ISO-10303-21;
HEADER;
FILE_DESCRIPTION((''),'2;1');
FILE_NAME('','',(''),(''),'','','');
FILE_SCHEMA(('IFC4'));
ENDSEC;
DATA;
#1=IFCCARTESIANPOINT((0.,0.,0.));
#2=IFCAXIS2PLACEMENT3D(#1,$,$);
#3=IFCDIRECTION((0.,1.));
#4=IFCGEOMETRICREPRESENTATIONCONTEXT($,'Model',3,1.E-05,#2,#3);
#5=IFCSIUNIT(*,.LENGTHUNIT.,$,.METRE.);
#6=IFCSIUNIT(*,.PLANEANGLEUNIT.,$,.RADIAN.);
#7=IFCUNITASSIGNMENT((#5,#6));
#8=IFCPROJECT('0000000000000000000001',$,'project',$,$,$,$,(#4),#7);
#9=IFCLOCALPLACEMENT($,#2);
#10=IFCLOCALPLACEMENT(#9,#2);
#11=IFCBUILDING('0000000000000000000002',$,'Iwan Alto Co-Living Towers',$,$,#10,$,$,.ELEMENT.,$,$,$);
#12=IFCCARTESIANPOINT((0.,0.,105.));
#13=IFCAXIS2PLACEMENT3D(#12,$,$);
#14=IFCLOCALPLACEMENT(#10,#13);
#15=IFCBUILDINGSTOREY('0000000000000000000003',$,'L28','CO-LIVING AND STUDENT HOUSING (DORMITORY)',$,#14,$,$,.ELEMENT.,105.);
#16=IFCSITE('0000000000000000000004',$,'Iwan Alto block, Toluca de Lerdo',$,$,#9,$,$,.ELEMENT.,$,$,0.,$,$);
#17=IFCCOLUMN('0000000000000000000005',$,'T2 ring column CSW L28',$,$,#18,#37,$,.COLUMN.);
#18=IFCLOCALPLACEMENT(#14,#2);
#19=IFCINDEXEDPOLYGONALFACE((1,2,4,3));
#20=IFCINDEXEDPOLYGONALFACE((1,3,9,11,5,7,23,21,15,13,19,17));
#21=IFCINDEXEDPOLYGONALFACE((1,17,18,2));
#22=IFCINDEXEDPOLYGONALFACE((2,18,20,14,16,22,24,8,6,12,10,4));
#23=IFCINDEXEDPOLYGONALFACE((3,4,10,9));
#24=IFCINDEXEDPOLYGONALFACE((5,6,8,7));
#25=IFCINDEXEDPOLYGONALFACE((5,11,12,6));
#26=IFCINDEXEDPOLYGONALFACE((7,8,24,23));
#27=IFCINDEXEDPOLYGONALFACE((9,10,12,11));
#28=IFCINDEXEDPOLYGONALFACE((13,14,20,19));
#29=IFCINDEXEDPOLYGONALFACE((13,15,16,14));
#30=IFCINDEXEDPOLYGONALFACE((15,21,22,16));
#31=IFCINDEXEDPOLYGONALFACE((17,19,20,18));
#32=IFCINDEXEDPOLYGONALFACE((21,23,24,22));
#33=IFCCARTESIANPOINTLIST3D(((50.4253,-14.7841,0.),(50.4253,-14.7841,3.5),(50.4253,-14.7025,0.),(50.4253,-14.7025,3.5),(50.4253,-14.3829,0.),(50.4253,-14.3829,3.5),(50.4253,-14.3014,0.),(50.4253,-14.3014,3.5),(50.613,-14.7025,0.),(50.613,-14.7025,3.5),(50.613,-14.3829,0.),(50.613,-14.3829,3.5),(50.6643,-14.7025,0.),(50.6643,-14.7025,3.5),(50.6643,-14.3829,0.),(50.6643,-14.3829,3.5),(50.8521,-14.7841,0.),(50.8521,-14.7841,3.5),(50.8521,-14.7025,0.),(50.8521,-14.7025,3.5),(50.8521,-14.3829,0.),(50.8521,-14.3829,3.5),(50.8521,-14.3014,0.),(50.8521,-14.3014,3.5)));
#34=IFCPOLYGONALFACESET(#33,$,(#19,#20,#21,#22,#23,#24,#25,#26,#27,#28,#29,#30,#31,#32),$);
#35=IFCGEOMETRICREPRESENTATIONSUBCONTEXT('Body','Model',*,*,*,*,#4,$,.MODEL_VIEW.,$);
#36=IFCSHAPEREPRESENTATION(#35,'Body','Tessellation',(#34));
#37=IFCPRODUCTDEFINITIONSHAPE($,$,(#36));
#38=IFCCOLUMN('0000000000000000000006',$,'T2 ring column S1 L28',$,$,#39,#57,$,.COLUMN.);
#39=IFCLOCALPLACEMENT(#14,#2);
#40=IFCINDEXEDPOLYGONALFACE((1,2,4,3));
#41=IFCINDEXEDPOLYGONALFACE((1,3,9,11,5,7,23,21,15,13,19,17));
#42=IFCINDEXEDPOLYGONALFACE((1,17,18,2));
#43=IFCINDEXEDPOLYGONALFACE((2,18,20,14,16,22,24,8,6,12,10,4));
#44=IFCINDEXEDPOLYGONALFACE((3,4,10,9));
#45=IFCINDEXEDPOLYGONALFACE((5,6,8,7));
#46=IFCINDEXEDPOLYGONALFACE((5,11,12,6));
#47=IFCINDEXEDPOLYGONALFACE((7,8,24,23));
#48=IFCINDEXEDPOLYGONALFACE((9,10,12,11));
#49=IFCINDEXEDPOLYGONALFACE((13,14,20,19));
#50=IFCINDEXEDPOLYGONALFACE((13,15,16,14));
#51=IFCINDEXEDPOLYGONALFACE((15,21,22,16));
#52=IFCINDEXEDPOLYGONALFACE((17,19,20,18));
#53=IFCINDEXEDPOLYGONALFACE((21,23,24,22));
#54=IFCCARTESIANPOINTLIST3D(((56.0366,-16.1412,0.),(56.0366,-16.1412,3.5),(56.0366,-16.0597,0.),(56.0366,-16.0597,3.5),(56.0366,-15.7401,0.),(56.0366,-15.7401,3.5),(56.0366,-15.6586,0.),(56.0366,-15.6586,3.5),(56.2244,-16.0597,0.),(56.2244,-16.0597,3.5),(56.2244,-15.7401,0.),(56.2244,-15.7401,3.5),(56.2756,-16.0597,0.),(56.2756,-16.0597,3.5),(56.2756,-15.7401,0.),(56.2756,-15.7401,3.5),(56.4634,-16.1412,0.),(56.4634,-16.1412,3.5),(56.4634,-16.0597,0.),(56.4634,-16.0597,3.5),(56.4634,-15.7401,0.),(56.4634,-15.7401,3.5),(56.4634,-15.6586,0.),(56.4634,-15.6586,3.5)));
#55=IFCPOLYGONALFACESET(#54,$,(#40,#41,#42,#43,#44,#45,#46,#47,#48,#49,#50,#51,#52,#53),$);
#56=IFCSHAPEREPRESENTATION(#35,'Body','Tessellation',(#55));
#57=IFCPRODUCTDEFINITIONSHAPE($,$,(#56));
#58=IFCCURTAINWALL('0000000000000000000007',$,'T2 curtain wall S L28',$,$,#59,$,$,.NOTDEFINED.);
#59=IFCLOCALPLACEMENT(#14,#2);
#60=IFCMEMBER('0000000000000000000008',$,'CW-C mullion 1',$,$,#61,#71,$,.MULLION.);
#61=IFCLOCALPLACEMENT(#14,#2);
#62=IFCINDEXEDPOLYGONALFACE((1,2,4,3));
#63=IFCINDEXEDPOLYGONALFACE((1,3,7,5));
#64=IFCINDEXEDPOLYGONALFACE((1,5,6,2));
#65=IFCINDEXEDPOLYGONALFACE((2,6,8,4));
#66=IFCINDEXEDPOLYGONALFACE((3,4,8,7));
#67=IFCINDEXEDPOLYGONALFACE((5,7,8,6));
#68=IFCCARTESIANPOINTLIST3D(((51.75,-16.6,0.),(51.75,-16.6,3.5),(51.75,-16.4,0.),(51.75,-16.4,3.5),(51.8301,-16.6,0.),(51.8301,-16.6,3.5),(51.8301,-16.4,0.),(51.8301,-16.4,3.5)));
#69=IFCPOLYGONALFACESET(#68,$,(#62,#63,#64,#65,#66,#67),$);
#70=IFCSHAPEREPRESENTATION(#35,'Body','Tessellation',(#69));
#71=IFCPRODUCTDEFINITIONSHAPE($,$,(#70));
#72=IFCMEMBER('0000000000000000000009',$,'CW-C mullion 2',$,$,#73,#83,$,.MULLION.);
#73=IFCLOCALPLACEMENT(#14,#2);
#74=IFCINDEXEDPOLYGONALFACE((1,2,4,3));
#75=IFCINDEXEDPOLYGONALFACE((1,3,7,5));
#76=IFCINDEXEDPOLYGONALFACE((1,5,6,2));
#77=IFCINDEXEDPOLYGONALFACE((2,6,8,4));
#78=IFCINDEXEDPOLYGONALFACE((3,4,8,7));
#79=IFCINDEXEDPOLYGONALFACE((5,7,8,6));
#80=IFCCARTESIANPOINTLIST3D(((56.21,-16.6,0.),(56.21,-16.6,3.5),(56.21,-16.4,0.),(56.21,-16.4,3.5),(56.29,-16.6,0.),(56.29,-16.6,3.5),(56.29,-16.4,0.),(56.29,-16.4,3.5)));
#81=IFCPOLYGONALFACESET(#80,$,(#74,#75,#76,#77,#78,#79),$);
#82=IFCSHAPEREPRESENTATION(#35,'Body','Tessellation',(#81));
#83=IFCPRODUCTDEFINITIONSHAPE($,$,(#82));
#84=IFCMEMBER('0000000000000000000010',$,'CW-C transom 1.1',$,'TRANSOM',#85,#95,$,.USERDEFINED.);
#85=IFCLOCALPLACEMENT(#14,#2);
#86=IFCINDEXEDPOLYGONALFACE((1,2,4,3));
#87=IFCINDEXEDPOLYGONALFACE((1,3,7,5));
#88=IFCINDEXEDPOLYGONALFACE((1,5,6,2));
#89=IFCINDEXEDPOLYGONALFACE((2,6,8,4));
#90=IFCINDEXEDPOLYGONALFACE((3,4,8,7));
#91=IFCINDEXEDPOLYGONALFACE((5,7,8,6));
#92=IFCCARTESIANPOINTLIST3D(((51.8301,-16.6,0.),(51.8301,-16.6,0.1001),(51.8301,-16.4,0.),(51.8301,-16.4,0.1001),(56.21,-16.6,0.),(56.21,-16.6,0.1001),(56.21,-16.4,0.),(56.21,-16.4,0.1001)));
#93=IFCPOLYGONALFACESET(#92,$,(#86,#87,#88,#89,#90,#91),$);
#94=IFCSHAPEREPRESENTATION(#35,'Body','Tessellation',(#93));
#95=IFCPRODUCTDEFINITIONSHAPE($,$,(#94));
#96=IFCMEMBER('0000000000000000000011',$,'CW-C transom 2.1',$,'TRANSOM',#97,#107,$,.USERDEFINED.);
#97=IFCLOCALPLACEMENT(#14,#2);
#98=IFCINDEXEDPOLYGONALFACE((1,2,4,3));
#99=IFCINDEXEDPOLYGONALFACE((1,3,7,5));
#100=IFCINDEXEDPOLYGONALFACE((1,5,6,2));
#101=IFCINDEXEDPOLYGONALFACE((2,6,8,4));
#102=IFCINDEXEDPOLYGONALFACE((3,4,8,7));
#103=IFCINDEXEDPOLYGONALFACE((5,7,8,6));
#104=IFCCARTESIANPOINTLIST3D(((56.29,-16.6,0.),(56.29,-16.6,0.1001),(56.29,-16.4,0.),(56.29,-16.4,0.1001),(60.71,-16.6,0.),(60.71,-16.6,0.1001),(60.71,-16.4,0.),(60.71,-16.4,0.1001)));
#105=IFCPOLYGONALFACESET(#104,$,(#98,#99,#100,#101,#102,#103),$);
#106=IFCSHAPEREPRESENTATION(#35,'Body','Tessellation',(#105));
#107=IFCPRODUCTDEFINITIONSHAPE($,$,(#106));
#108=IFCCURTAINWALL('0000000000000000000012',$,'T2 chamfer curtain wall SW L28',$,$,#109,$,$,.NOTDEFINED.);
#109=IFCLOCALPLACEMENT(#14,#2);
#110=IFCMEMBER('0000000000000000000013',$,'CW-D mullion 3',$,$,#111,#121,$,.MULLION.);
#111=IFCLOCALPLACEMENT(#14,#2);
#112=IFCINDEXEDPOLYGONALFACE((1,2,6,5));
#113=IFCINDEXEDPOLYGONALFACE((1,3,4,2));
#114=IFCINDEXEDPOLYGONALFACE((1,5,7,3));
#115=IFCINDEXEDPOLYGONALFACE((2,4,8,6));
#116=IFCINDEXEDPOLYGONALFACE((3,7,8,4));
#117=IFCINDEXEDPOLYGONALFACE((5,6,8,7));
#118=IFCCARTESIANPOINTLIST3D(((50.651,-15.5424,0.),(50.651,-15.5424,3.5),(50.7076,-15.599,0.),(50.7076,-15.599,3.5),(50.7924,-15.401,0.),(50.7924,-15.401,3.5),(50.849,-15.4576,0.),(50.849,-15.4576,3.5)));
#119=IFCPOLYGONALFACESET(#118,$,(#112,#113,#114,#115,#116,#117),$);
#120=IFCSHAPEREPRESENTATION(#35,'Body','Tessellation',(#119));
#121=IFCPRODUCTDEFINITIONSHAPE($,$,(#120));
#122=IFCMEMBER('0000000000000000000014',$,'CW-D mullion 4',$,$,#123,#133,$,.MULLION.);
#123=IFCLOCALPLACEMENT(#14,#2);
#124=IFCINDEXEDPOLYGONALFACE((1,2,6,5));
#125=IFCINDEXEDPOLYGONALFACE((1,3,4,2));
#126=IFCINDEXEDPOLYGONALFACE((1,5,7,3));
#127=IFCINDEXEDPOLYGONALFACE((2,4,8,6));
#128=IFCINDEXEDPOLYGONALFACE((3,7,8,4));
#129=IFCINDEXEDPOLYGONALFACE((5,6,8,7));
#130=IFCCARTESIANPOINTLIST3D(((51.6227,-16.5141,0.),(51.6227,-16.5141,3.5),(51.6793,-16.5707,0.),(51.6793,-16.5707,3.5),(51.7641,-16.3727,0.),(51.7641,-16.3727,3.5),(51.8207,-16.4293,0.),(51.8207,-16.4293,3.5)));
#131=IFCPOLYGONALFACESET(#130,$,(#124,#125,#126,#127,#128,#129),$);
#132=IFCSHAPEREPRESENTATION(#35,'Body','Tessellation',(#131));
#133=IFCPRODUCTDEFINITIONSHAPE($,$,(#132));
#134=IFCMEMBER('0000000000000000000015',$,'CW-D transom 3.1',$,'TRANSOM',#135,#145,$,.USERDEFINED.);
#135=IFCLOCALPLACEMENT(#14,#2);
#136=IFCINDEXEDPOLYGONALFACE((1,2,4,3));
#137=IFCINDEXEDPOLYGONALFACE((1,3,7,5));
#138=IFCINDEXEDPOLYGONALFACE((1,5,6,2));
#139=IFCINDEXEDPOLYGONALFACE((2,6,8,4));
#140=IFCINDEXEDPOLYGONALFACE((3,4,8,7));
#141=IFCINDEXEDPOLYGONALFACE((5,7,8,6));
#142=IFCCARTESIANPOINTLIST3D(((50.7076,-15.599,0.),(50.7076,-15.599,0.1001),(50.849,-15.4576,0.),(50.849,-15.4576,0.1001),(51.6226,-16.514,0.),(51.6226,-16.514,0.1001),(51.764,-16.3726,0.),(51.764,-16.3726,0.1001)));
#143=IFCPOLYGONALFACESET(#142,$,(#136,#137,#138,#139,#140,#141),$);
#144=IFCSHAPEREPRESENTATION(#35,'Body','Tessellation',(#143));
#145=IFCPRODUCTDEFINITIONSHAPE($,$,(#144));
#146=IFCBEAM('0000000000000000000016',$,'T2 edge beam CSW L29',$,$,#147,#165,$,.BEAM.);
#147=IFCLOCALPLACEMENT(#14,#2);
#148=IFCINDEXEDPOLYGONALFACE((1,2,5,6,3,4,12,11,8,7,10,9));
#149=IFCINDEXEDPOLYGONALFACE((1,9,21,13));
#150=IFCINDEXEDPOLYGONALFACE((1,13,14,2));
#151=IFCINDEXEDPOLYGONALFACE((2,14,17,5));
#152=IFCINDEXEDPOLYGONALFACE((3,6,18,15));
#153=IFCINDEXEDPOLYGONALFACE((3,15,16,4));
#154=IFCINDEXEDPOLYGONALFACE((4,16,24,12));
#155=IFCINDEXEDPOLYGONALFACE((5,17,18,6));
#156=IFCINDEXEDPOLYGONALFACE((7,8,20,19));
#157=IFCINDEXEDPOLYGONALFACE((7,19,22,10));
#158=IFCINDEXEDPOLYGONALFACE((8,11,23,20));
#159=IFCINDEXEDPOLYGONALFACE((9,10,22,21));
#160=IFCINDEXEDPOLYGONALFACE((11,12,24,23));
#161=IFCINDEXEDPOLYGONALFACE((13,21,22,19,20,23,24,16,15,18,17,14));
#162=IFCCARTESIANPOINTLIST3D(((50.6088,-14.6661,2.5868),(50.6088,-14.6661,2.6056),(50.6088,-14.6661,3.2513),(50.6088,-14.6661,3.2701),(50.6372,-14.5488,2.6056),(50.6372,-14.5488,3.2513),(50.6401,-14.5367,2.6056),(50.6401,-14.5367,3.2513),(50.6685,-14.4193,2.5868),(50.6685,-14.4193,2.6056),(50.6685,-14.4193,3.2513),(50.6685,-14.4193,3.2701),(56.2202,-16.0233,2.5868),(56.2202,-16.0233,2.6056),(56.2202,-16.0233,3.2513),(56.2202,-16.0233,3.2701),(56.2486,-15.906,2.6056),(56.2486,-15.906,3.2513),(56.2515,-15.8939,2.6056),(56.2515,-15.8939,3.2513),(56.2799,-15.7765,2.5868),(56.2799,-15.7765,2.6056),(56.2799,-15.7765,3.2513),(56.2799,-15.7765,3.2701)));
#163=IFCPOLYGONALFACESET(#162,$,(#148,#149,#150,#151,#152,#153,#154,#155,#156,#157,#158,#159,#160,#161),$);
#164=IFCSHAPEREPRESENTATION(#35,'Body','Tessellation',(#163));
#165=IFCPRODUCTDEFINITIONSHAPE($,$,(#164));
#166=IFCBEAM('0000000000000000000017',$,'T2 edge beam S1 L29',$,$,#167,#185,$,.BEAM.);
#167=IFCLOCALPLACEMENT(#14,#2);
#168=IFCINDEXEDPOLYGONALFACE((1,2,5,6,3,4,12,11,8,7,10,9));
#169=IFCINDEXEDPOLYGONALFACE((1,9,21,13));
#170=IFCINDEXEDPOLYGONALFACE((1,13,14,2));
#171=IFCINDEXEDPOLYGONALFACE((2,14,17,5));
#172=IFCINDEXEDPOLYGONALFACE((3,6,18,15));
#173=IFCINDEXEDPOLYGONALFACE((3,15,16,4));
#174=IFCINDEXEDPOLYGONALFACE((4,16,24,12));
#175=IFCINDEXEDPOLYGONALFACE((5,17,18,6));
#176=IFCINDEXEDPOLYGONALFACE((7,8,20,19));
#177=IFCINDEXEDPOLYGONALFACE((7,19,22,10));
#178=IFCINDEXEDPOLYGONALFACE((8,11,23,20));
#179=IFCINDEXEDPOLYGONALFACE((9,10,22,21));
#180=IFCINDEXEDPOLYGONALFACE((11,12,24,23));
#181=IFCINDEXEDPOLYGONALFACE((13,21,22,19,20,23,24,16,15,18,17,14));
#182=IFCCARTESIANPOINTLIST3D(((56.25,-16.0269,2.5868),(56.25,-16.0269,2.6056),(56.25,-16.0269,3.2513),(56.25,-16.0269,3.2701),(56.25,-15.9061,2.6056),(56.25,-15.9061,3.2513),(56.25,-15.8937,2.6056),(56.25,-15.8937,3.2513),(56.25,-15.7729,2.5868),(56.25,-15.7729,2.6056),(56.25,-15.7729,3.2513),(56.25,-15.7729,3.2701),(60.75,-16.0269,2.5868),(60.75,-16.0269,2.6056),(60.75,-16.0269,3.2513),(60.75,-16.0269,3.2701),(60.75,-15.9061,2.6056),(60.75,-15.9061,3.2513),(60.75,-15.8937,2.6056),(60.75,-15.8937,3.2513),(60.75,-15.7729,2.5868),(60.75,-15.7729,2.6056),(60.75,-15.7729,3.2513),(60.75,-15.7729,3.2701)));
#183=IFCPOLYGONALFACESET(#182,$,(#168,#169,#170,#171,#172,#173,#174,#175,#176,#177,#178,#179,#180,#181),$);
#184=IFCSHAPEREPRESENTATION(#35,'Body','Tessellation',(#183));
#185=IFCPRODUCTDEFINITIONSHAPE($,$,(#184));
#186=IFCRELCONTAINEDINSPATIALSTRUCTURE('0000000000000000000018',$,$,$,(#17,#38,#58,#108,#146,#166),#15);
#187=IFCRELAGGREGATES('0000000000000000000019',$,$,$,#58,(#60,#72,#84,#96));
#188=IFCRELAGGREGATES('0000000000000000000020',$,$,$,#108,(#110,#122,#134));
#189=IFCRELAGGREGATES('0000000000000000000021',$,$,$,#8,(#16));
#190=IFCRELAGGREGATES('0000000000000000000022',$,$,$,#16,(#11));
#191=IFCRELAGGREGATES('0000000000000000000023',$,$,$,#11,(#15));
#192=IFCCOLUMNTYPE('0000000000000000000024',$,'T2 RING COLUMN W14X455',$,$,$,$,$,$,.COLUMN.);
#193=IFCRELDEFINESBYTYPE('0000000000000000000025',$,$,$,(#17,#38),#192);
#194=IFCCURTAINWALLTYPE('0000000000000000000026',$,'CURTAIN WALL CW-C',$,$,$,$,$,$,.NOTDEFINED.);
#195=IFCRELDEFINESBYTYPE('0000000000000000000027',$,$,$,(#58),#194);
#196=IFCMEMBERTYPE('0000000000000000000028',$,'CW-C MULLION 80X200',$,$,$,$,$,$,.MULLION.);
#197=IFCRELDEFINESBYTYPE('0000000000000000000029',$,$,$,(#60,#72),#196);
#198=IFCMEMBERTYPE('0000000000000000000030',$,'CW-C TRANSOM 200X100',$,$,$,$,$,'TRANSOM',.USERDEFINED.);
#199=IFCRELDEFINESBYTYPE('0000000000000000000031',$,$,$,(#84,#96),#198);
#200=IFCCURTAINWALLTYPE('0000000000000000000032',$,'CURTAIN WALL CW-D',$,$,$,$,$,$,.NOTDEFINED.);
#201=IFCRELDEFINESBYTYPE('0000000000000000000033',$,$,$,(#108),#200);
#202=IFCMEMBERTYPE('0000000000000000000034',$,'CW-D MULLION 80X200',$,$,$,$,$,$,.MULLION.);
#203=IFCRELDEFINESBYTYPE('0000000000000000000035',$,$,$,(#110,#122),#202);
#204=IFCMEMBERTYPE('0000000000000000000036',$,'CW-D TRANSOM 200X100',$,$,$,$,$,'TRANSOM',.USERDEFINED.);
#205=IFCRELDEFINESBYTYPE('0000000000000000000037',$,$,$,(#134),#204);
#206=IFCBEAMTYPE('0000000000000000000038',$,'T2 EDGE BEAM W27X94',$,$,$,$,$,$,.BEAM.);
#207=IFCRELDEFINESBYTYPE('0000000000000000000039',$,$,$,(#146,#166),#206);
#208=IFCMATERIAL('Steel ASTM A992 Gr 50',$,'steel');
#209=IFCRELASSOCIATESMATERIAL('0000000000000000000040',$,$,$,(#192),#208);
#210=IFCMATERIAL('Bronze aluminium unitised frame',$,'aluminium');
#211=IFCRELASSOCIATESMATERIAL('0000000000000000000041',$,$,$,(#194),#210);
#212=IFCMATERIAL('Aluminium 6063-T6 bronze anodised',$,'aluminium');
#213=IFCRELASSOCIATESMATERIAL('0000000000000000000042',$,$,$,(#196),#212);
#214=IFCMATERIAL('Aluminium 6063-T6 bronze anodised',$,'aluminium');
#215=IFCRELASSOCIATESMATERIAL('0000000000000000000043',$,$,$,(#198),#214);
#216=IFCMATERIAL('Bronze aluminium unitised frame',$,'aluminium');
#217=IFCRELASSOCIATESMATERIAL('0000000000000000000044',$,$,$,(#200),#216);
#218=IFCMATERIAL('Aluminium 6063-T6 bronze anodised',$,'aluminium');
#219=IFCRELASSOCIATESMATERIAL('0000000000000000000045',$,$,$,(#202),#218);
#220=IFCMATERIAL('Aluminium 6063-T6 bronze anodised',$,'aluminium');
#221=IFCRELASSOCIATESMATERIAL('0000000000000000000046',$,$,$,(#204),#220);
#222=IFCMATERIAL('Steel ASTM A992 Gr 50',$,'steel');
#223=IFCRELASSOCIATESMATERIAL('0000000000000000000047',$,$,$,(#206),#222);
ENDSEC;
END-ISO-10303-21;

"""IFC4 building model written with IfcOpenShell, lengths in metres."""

from ifc_helpers import new_model, si_unit, direction, frame, origin, origin_2d, place, context, subcontext, project, spatial, rectangle, i_section, extrude, material, material_profile, profile_set, type_object, element, aggregate, save


model = new_model("IFC4")

# Units and contexts
model_context = context("Model", 3, precision=1e-05, world=origin(), true_north=direction((0.0, 1.0)))
body_context = subcontext(model_context, "Body", "Model", "MODEL_VIEW")
ifc_project = project(units=[si_unit("LENGTHUNIT", "METRE"), si_unit("PLANEANGLEUNIT", "RADIAN")], contexts=[model_context])

# Site, building, storey
site_placement = place(None, origin())
site = spatial("IfcSite", under=ifc_project, at=site_placement, Name="Iwan Alto block, Toluca de Lerdo", CompositionType="ELEMENT", RefElevation=0.0)
building_placement = place(site_placement, origin())
building = spatial("IfcBuilding", under=site, at=building_placement, Name="Iwan Alto Co-Living Towers", CompositionType="ELEMENT")
storey_placement = place(building_placement, frame((0.0, 0.0, 105.0)))
storey = spatial("IfcBuildingStorey", under=building, at=storey_placement, Name="L28", Description="CO-LIVING AND STUDENT HOUSING (DORMITORY)", CompositionType="ELEMENT", Elevation=105.0)

# Columns
ifc_material_1 = material(Name="Steel ASTM A992 Gr 50", Category="steel")
ifc_material_profile_1 = material_profile(ifc_material_1, i_section(OverallWidth=0.4268, OverallDepth=0.4827, WebThickness=0.0513, FlangeThickness=0.0815, at=origin_2d()), Name="W14X455")
ifc_profile_set_1 = profile_set([ifc_material_profile_1], Name="Steel ASTM A992 Gr 50")
column_type = type_object("IfcColumnType", Name="T2 RING COLUMN W14X455", PredefinedType="COLUMN", material=ifc_profile_set_1)
for number, where, z_axis, x_axis, name in (
    (1, (50.6387, -14.5427, 0.0), (0.0, 0.0, 1.0), (1.0, 0.0, 0.0), "T2 ring column CSW L28"),
    (2, (56.25, -15.8999, 0.0), (0.0, 0.0, 1.0), (1.0, 0.0, 0.0), "T2 ring column S1 L28"),
):
    element("IfcColumn", number, at=place(storey_placement, frame(where, z_axis=z_axis, x_axis=x_axis)), inside=storey, type_object=column_type, Name=name, PredefinedType="COLUMN", context=body_context, shape_type="SweptSolid", body=[
        extrude(i_section(OverallWidth=0.4268, OverallDepth=0.4827, WebThickness=0.0513, FlangeThickness=0.0815, at=origin_2d()), origin(), (0.0, 0.0, 1.0), 3.5),
    ])

# Curtain walls, members
ifc_material_2 = material(Name="Bronze aluminium unitised frame", Category="aluminium")
curtain_wall_type_1 = type_object("IfcCurtainWallType", Name="CURTAIN WALL CW-C", PredefinedType="NOTDEFINED", material=ifc_material_2)
curtain_wall_1_placement = place(storey_placement, origin())
curtain_wall_1 = element("IfcCurtainWall", 3, at=curtain_wall_1_placement, inside=storey, type_object=curtain_wall_type_1, Name="T2 curtain wall S L28", PredefinedType="NOTDEFINED")
ifc_material_3 = material(Name="Aluminium 6063-T6 bronze anodised", Category="aluminium")
ifc_material_profile_2 = material_profile(ifc_material_3, rectangle(XDim=0.2, YDim=0.0801, at=origin_2d()), Name="AL 80X200")
ifc_profile_set_2 = profile_set([ifc_material_profile_2], Name="Aluminium 6063-T6 bronze anodised")
member_type_1 = type_object("IfcMemberType", Name="CW-C MULLION 80X200", PredefinedType="MULLION", material=ifc_profile_set_2)
member_1_placement = place(storey_placement, frame((51.79, -16.5, 0.0), z_axis=(0.0, 0.0, 1.0), x_axis=(0.0, 1.0, 0.0)))
member_1 = element("IfcMember", 4, at=member_1_placement, type_object=member_type_1, Name="CW-C mullion 1", PredefinedType="MULLION", context=body_context, shape_type="SweptSolid", body=[
    extrude(rectangle(XDim=0.2, YDim=0.0801, at=origin_2d()), origin(), (0.0, 0.0, 1.0), 3.5),
])
member_2_placement = place(storey_placement, frame((56.25, -16.5, 0.0), z_axis=(0.0, 0.0, 1.0), x_axis=(0.0, 1.0, 0.0)))
member_2 = element("IfcMember", 5, at=member_2_placement, type_object=member_type_1, Name="CW-C mullion 2", PredefinedType="MULLION", context=body_context, shape_type="SweptSolid", body=[
    extrude(rectangle(XDim=0.2, YDim=0.0801, at=origin_2d()), origin(), (0.0, 0.0, 1.0), 3.5),
])
ifc_material_4 = material(Name="Aluminium 6063-T6 bronze anodised", Category="aluminium")
ifc_material_profile_3 = material_profile(ifc_material_4, rectangle(XDim=0.2, YDim=0.1001, at=origin_2d()), Name="AL 200X100")
ifc_profile_set_3 = profile_set([ifc_material_profile_3], Name="Aluminium 6063-T6 bronze anodised")
member_type_2 = type_object("IfcMemberType", Name="CW-C TRANSOM 200X100", ElementType="TRANSOM", PredefinedType="USERDEFINED", material=ifc_profile_set_3)
member_3_placement = place(storey_placement, frame((51.8301, -16.5, 0.05), z_axis=(1.0, 0.0, 0.0), x_axis=(0.0, 1.0, 0.0)))
member_3 = element("IfcMember", 6, at=member_3_placement, type_object=member_type_2, Name="CW-C transom 1.1", ObjectType="TRANSOM", PredefinedType="USERDEFINED", context=body_context, shape_type="SweptSolid", body=[
    extrude(rectangle(XDim=0.2, YDim=0.1001, at=origin_2d()), origin(), (0.0, 0.0, 1.0), 4.3799),
])
member_4_placement = place(storey_placement, frame((56.29, -16.5, 0.05), z_axis=(1.0, 0.0, 0.0), x_axis=(0.0, 1.0, 0.0)))
member_4 = element("IfcMember", 7, at=member_4_placement, type_object=member_type_2, Name="CW-C transom 2.1", ObjectType="TRANSOM", PredefinedType="USERDEFINED", context=body_context, shape_type="SweptSolid", body=[
    extrude(rectangle(XDim=0.2, YDim=0.1001, at=origin_2d()), origin(), (0.0, 0.0, 1.0), 4.4199),
])
ifc_material_5 = material(Name="Bronze aluminium unitised frame", Category="aluminium")
curtain_wall_type_2 = type_object("IfcCurtainWallType", Name="CURTAIN WALL CW-D", PredefinedType="NOTDEFINED", material=ifc_material_5)
curtain_wall_2_placement = place(storey_placement, origin())
curtain_wall_2 = element("IfcCurtainWall", 8, at=curtain_wall_2_placement, inside=storey, type_object=curtain_wall_type_2, Name="T2 chamfer curtain wall SW L28", PredefinedType="NOTDEFINED")
ifc_material_6 = material(Name="Aluminium 6063-T6 bronze anodised", Category="aluminium")
ifc_material_profile_4 = material_profile(ifc_material_6, rectangle(XDim=0.2, YDim=0.0801, at=origin_2d()), Name="AL 80X200")
ifc_profile_set_4 = profile_set([ifc_material_profile_4], Name="Aluminium 6063-T6 bronze anodised")
member_type_3 = type_object("IfcMemberType", Name="CW-D MULLION 80X200", PredefinedType="MULLION", material=ifc_profile_set_4)
member_5_placement = place(storey_placement, frame((50.75, -15.5, 0.0), z_axis=(0.0, 0.0, 1.0), x_axis=(0.707107, 0.707107, 0.0)))
member_5 = element("IfcMember", 9, at=member_5_placement, type_object=member_type_3, Name="CW-D mullion 3", PredefinedType="MULLION", context=body_context, shape_type="SweptSolid", body=[
    extrude(rectangle(XDim=0.2, YDim=0.0801, at=origin_2d()), origin(), (0.0, 0.0, 1.0), 3.5),
])
member_6_placement = place(storey_placement, frame((51.7217, -16.4717, 0.0), z_axis=(0.0, 0.0, 1.0), x_axis=(0.707107, 0.707107, 0.0)))
member_6 = element("IfcMember", 10, at=member_6_placement, type_object=member_type_3, Name="CW-D mullion 4", PredefinedType="MULLION", context=body_context, shape_type="SweptSolid", body=[
    extrude(rectangle(XDim=0.2, YDim=0.0801, at=origin_2d()), origin(), (0.0, 0.0, 1.0), 3.5),
])
ifc_material_7 = material(Name="Aluminium 6063-T6 bronze anodised", Category="aluminium")
ifc_material_profile_5 = material_profile(ifc_material_7, rectangle(XDim=0.2, YDim=0.1001, at=origin_2d()), Name="AL 200X100")
ifc_profile_set_5 = profile_set([ifc_material_profile_5], Name="Aluminium 6063-T6 bronze anodised")
member_type_4 = type_object("IfcMemberType", Name="CW-D TRANSOM 200X100", ElementType="TRANSOM", PredefinedType="USERDEFINED", material=ifc_profile_set_5)
member_7_placement = place(storey_placement, frame((50.7783, -15.5283, 0.05), z_axis=(0.707107, -0.707107, 0.0), x_axis=(0.707107, 0.707107, 0.0)))
member_7 = element("IfcMember", 11, at=member_7_placement, type_object=member_type_4, Name="CW-D transom 3.1", ObjectType="TRANSOM", PredefinedType="USERDEFINED", context=body_context, shape_type="SweptSolid", body=[
    extrude(rectangle(XDim=0.2, YDim=0.1001, at=origin_2d()), origin(), (0.0, 0.0, 1.0), 1.2939),
])

# Beams
ifc_material_8 = material(Name="Steel ASTM A992 Gr 50", Category="steel")
ifc_material_profile_6 = material_profile(ifc_material_8, i_section(OverallWidth=0.2539, OverallDepth=0.6833, WebThickness=0.0125, FlangeThickness=0.0188, at=origin_2d()), Name="W27X94")
ifc_profile_set_6 = profile_set([ifc_material_profile_6], Name="Steel ASTM A992 Gr 50")
beam_type_1 = type_object("IfcBeamType", Name="T2 EDGE BEAM W27X94", PredefinedType="BEAM", material=ifc_profile_set_6)
beam_1_placement = place(storey_placement, frame((50.6387, -14.5427, 2.9285), z_axis=(0.971975, -0.235086, 0.0), x_axis=(0.235086, 0.971975, 0.0)))
element("IfcBeam", 12, at=beam_1_placement, inside=storey, type_object=beam_type_1, Name="T2 edge beam CSW L29", PredefinedType="BEAM", context=body_context, shape_type="SweptSolid", body=[
    extrude(i_section(OverallWidth=0.2539, OverallDepth=0.6833, WebThickness=0.0125, FlangeThickness=0.0188, at=origin_2d()), origin(), (0.0, 0.0, 1.0), 5.7732),
])
beam_2_placement = place(storey_placement, frame((56.25, -15.8999, 2.9285), z_axis=(1.0, 0.0, 0.0), x_axis=(0.0, 1.0, 0.0)))
element("IfcBeam", 13, at=beam_2_placement, inside=storey, type_object=beam_type_1, Name="T2 edge beam S1 L29", PredefinedType="BEAM", context=body_context, shape_type="SweptSolid", body=[
    extrude(i_section(OverallWidth=0.2539, OverallDepth=0.6833, WebThickness=0.0125, FlangeThickness=0.0188, at=origin_2d()), origin(), (0.0, 0.0, 1.0), 4.5),
])

aggregate(curtain_wall_1, [member_1, member_2, member_3, member_4])
aggregate(curtain_wall_2, [member_5, member_6, member_7])

save(model, "model.ifc")
